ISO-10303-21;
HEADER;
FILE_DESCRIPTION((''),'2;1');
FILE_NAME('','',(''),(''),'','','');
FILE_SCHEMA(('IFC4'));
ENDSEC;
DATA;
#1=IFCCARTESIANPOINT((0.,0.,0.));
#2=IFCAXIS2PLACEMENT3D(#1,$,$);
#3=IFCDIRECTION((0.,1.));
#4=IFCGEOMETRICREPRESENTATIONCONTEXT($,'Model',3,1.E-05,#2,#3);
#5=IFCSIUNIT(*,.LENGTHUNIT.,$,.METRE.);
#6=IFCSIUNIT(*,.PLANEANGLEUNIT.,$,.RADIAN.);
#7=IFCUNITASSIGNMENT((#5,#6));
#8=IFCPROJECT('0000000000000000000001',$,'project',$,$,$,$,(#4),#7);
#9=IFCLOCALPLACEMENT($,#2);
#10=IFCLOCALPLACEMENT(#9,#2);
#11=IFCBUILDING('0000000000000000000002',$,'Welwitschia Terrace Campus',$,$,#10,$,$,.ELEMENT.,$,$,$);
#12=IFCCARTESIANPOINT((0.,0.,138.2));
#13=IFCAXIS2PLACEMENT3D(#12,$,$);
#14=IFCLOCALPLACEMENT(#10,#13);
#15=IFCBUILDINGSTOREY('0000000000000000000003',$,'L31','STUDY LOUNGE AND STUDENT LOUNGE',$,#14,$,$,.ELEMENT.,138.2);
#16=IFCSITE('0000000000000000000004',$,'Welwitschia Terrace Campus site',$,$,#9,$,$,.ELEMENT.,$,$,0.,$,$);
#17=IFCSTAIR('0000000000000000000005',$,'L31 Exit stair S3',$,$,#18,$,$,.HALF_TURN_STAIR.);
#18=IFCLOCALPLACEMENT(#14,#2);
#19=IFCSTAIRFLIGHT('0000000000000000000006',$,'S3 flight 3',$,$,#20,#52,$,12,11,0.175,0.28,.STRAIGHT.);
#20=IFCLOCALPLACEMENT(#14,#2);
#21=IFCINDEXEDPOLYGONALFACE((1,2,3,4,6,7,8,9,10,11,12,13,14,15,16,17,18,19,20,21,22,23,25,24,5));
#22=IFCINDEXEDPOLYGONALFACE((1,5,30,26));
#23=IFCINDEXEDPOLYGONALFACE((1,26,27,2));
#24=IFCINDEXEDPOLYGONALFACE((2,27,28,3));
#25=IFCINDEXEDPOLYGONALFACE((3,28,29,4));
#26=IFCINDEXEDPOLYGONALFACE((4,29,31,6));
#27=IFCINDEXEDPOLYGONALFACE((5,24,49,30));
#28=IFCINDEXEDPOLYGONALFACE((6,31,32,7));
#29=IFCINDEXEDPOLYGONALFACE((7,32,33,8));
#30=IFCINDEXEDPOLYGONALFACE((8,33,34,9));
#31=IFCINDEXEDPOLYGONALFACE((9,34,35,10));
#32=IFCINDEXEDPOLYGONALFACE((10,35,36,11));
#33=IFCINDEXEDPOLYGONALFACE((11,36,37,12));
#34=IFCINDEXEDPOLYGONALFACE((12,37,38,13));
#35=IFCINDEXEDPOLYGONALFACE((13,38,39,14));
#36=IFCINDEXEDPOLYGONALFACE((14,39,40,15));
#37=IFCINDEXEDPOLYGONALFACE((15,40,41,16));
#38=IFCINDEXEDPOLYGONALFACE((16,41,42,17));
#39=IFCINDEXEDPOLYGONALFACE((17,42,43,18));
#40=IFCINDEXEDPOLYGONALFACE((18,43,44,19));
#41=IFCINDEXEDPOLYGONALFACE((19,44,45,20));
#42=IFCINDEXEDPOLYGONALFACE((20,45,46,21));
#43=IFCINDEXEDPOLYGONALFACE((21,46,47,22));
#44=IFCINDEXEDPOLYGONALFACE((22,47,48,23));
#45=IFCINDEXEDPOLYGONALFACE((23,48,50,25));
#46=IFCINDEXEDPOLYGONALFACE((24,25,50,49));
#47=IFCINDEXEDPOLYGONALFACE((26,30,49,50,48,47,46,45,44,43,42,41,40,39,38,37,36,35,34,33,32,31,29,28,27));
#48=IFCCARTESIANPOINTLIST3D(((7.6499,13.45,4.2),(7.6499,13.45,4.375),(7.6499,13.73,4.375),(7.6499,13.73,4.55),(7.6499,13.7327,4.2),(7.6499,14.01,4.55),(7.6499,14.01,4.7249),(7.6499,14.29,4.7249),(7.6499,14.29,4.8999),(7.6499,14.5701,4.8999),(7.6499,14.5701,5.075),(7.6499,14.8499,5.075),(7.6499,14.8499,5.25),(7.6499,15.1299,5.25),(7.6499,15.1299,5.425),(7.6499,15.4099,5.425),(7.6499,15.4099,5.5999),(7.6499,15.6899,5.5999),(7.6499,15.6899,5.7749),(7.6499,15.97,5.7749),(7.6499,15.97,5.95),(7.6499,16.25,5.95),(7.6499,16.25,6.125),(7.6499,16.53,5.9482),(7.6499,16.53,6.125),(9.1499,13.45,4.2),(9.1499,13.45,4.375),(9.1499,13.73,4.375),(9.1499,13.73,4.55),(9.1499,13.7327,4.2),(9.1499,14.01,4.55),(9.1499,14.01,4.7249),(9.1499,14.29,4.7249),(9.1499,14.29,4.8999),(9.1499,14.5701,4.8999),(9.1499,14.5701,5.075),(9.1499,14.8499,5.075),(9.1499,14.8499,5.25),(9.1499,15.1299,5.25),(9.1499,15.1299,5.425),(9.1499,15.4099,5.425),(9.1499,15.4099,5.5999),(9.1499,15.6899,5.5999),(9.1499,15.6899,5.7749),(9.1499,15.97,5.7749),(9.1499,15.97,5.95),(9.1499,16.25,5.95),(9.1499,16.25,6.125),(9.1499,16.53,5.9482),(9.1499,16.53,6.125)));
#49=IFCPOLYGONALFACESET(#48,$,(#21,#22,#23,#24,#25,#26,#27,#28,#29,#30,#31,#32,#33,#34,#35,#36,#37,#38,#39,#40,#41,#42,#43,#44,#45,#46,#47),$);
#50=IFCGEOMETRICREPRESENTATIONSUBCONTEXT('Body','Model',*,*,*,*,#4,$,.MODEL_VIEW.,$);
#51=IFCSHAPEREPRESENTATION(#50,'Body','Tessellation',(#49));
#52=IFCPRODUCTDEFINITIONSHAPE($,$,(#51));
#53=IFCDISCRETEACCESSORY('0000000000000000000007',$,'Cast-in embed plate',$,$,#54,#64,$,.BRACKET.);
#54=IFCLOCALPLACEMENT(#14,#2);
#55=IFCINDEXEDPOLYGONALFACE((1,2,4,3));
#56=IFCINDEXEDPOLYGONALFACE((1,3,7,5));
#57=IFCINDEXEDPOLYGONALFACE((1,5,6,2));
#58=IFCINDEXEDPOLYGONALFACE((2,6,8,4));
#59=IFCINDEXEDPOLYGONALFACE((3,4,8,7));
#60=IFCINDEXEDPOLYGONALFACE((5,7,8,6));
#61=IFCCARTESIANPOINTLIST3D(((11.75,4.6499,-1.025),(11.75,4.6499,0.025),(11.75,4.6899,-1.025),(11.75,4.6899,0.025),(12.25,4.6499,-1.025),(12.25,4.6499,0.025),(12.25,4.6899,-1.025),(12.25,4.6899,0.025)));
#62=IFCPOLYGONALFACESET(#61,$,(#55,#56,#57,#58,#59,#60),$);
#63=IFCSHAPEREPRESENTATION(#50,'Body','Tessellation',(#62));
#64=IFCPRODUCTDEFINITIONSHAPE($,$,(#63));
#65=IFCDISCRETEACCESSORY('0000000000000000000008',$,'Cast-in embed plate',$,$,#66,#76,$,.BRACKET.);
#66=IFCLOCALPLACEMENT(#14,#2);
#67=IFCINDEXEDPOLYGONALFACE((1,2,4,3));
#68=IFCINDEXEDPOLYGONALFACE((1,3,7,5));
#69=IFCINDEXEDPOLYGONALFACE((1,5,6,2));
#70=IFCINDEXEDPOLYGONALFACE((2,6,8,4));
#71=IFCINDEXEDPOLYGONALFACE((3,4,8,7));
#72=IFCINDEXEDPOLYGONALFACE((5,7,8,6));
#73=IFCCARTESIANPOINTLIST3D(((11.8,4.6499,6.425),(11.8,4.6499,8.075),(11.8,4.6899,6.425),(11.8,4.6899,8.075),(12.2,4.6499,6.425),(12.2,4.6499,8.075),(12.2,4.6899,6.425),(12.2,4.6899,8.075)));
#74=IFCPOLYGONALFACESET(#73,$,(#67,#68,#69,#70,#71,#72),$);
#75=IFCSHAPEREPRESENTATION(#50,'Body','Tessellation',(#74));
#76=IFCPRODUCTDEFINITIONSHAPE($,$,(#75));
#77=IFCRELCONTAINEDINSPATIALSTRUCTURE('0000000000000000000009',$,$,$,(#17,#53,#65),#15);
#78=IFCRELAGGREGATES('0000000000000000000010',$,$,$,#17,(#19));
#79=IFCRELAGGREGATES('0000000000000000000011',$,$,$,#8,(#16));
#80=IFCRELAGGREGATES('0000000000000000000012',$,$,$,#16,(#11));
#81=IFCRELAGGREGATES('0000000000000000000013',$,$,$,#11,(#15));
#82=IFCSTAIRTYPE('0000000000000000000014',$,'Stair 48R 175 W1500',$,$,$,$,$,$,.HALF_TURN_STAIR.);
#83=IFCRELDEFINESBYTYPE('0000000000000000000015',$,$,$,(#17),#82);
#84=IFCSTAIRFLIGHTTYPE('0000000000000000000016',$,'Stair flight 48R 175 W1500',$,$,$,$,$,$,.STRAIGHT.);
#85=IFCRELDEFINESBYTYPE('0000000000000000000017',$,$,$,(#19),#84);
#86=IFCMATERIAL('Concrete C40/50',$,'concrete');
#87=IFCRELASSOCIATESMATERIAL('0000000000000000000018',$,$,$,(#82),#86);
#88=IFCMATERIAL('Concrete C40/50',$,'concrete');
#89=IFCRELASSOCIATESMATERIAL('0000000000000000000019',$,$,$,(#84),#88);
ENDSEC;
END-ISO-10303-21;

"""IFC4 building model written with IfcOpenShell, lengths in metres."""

from ifc_helpers import new_model, si_unit, direction, frame, origin, origin_2d, place, context, subcontext, project, spatial, polyline, rectangle, outline, extrude, material, type_object, element, aggregate, save


model = new_model("IFC4")

# Units and contexts
model_context = context("Model", 3, precision=1e-05, world=origin(), true_north=direction((0.0, 1.0)))
body_context = subcontext(model_context, "Body", "Model", "MODEL_VIEW")
ifc_project = project(units=[si_unit("LENGTHUNIT", "METRE"), si_unit("PLANEANGLEUNIT", "RADIAN")], contexts=[model_context])

# Site, building, storey
site_placement = place(None, origin())
site = spatial("IfcSite", under=ifc_project, at=site_placement, Name="Welwitschia Terrace Campus site", CompositionType="ELEMENT", RefElevation=0.0)
building_placement = place(site_placement, origin())
building = spatial("IfcBuilding", under=site, at=building_placement, Name="Welwitschia Terrace Campus", CompositionType="ELEMENT")
storey_placement = place(building_placement, frame((0.0, 0.0, 138.2)))
storey = spatial("IfcBuildingStorey", under=building, at=storey_placement, Name="L31", Description="STUDY LOUNGE AND STUDENT LOUNGE", CompositionType="ELEMENT", Elevation=138.2)

# Stair, stair flight
ifc_material_1 = material(Name="Concrete C40/50", Category="concrete")
stair_type = type_object("IfcStairType", Name="Stair 48R 175 W1500", PredefinedType="HALF_TURN_STAIR", material=ifc_material_1)
ifc_material_2 = material(Name="Concrete C40/50", Category="concrete")
stair_flight_type = type_object("IfcStairFlightType", Name="Stair flight 48R 175 W1500", PredefinedType="STRAIGHT", material=ifc_material_2)
stair_1_placement = place(storey_placement, origin())
stair_1 = element("IfcStair", 1, at=stair_1_placement, inside=storey, type_object=stair_type, Name="L31 Exit stair S3", PredefinedType="HALF_TURN_STAIR")
stair_flight_1_placement = place(storey_placement, frame((8.3999, 13.45, 4.2), z_axis=(0.0, 0.0, 1.0), x_axis=(0.0, 1.0, 0.0)))
stair_flight_1 = element("IfcStairFlight", 2, at=stair_flight_1_placement, type_object=stair_flight_type, Name="S3 flight 3", NumberOfRisers=12, NumberOfTreads=11, PredefinedType="STRAIGHT", RiserHeight=0.175, TreadLength=0.28, context=body_context, shape_type="SweptSolid", body=[
    extrude(outline(polyline([(0.0, 0.0), (0.0, 0.175), (0.28, 0.175), (0.28, 0.3501), (0.5601, 0.3501), (0.5601, 0.5249), (0.8401, 0.5249), (0.8401, 0.7), (1.1201, 0.7), (1.1201, 0.875), (1.3999, 0.875), (1.3999, 1.05), (1.6799, 1.05), (1.6799, 1.2251), (1.96, 1.2251), (1.96, 1.3999), (2.24, 1.3999), (2.24, 1.575), (2.52, 1.575), (2.52, 1.75), (2.8, 1.75), (2.8, 1.925), (3.0801, 1.925), (3.0801, 2.1001), (3.0801, 1.7483), (0.2827, 0.0), (0.0, 0.0)])), frame((0.0, 0.75, 0.0), z_axis=(0.0, -1.0, 0.0), x_axis=(1.0, 0.0, 0.0)), (0.0, 0.0, 1.0), 1.5),
])
aggregate(stair_1, [stair_flight_1])

# Discrete accessories
discrete_accessory_1_placement = place(storey_placement, frame((12.0, 4.6499, -0.5), z_axis=(0.0, 1.0, 0.0), x_axis=(-1.0, 0.0, 0.0)))
element("IfcDiscreteAccessory", 3, at=discrete_accessory_1_placement, inside=storey, Name="Cast-in embed plate", PredefinedType="BRACKET", context=body_context, shape_type="SweptSolid", body=[
    extrude(rectangle(XDim=0.5, YDim=1.05, at=origin_2d()), origin(), (0.0, 0.0, 1.0), 0.04),
])
discrete_accessory_2_placement = place(storey_placement, frame((12.0, 4.6499, 7.25), z_axis=(0.0, 1.0, 0.0), x_axis=(-1.0, 0.0, 0.0)))
element("IfcDiscreteAccessory", 4, at=discrete_accessory_2_placement, inside=storey, Name="Cast-in embed plate", PredefinedType="BRACKET", context=body_context, shape_type="SweptSolid", body=[
    extrude(rectangle(XDim=0.3999, YDim=1.6499, at=origin_2d()), origin(), (0.0, 0.0, 1.0), 0.04),
])

save(model, "model.ifc")
